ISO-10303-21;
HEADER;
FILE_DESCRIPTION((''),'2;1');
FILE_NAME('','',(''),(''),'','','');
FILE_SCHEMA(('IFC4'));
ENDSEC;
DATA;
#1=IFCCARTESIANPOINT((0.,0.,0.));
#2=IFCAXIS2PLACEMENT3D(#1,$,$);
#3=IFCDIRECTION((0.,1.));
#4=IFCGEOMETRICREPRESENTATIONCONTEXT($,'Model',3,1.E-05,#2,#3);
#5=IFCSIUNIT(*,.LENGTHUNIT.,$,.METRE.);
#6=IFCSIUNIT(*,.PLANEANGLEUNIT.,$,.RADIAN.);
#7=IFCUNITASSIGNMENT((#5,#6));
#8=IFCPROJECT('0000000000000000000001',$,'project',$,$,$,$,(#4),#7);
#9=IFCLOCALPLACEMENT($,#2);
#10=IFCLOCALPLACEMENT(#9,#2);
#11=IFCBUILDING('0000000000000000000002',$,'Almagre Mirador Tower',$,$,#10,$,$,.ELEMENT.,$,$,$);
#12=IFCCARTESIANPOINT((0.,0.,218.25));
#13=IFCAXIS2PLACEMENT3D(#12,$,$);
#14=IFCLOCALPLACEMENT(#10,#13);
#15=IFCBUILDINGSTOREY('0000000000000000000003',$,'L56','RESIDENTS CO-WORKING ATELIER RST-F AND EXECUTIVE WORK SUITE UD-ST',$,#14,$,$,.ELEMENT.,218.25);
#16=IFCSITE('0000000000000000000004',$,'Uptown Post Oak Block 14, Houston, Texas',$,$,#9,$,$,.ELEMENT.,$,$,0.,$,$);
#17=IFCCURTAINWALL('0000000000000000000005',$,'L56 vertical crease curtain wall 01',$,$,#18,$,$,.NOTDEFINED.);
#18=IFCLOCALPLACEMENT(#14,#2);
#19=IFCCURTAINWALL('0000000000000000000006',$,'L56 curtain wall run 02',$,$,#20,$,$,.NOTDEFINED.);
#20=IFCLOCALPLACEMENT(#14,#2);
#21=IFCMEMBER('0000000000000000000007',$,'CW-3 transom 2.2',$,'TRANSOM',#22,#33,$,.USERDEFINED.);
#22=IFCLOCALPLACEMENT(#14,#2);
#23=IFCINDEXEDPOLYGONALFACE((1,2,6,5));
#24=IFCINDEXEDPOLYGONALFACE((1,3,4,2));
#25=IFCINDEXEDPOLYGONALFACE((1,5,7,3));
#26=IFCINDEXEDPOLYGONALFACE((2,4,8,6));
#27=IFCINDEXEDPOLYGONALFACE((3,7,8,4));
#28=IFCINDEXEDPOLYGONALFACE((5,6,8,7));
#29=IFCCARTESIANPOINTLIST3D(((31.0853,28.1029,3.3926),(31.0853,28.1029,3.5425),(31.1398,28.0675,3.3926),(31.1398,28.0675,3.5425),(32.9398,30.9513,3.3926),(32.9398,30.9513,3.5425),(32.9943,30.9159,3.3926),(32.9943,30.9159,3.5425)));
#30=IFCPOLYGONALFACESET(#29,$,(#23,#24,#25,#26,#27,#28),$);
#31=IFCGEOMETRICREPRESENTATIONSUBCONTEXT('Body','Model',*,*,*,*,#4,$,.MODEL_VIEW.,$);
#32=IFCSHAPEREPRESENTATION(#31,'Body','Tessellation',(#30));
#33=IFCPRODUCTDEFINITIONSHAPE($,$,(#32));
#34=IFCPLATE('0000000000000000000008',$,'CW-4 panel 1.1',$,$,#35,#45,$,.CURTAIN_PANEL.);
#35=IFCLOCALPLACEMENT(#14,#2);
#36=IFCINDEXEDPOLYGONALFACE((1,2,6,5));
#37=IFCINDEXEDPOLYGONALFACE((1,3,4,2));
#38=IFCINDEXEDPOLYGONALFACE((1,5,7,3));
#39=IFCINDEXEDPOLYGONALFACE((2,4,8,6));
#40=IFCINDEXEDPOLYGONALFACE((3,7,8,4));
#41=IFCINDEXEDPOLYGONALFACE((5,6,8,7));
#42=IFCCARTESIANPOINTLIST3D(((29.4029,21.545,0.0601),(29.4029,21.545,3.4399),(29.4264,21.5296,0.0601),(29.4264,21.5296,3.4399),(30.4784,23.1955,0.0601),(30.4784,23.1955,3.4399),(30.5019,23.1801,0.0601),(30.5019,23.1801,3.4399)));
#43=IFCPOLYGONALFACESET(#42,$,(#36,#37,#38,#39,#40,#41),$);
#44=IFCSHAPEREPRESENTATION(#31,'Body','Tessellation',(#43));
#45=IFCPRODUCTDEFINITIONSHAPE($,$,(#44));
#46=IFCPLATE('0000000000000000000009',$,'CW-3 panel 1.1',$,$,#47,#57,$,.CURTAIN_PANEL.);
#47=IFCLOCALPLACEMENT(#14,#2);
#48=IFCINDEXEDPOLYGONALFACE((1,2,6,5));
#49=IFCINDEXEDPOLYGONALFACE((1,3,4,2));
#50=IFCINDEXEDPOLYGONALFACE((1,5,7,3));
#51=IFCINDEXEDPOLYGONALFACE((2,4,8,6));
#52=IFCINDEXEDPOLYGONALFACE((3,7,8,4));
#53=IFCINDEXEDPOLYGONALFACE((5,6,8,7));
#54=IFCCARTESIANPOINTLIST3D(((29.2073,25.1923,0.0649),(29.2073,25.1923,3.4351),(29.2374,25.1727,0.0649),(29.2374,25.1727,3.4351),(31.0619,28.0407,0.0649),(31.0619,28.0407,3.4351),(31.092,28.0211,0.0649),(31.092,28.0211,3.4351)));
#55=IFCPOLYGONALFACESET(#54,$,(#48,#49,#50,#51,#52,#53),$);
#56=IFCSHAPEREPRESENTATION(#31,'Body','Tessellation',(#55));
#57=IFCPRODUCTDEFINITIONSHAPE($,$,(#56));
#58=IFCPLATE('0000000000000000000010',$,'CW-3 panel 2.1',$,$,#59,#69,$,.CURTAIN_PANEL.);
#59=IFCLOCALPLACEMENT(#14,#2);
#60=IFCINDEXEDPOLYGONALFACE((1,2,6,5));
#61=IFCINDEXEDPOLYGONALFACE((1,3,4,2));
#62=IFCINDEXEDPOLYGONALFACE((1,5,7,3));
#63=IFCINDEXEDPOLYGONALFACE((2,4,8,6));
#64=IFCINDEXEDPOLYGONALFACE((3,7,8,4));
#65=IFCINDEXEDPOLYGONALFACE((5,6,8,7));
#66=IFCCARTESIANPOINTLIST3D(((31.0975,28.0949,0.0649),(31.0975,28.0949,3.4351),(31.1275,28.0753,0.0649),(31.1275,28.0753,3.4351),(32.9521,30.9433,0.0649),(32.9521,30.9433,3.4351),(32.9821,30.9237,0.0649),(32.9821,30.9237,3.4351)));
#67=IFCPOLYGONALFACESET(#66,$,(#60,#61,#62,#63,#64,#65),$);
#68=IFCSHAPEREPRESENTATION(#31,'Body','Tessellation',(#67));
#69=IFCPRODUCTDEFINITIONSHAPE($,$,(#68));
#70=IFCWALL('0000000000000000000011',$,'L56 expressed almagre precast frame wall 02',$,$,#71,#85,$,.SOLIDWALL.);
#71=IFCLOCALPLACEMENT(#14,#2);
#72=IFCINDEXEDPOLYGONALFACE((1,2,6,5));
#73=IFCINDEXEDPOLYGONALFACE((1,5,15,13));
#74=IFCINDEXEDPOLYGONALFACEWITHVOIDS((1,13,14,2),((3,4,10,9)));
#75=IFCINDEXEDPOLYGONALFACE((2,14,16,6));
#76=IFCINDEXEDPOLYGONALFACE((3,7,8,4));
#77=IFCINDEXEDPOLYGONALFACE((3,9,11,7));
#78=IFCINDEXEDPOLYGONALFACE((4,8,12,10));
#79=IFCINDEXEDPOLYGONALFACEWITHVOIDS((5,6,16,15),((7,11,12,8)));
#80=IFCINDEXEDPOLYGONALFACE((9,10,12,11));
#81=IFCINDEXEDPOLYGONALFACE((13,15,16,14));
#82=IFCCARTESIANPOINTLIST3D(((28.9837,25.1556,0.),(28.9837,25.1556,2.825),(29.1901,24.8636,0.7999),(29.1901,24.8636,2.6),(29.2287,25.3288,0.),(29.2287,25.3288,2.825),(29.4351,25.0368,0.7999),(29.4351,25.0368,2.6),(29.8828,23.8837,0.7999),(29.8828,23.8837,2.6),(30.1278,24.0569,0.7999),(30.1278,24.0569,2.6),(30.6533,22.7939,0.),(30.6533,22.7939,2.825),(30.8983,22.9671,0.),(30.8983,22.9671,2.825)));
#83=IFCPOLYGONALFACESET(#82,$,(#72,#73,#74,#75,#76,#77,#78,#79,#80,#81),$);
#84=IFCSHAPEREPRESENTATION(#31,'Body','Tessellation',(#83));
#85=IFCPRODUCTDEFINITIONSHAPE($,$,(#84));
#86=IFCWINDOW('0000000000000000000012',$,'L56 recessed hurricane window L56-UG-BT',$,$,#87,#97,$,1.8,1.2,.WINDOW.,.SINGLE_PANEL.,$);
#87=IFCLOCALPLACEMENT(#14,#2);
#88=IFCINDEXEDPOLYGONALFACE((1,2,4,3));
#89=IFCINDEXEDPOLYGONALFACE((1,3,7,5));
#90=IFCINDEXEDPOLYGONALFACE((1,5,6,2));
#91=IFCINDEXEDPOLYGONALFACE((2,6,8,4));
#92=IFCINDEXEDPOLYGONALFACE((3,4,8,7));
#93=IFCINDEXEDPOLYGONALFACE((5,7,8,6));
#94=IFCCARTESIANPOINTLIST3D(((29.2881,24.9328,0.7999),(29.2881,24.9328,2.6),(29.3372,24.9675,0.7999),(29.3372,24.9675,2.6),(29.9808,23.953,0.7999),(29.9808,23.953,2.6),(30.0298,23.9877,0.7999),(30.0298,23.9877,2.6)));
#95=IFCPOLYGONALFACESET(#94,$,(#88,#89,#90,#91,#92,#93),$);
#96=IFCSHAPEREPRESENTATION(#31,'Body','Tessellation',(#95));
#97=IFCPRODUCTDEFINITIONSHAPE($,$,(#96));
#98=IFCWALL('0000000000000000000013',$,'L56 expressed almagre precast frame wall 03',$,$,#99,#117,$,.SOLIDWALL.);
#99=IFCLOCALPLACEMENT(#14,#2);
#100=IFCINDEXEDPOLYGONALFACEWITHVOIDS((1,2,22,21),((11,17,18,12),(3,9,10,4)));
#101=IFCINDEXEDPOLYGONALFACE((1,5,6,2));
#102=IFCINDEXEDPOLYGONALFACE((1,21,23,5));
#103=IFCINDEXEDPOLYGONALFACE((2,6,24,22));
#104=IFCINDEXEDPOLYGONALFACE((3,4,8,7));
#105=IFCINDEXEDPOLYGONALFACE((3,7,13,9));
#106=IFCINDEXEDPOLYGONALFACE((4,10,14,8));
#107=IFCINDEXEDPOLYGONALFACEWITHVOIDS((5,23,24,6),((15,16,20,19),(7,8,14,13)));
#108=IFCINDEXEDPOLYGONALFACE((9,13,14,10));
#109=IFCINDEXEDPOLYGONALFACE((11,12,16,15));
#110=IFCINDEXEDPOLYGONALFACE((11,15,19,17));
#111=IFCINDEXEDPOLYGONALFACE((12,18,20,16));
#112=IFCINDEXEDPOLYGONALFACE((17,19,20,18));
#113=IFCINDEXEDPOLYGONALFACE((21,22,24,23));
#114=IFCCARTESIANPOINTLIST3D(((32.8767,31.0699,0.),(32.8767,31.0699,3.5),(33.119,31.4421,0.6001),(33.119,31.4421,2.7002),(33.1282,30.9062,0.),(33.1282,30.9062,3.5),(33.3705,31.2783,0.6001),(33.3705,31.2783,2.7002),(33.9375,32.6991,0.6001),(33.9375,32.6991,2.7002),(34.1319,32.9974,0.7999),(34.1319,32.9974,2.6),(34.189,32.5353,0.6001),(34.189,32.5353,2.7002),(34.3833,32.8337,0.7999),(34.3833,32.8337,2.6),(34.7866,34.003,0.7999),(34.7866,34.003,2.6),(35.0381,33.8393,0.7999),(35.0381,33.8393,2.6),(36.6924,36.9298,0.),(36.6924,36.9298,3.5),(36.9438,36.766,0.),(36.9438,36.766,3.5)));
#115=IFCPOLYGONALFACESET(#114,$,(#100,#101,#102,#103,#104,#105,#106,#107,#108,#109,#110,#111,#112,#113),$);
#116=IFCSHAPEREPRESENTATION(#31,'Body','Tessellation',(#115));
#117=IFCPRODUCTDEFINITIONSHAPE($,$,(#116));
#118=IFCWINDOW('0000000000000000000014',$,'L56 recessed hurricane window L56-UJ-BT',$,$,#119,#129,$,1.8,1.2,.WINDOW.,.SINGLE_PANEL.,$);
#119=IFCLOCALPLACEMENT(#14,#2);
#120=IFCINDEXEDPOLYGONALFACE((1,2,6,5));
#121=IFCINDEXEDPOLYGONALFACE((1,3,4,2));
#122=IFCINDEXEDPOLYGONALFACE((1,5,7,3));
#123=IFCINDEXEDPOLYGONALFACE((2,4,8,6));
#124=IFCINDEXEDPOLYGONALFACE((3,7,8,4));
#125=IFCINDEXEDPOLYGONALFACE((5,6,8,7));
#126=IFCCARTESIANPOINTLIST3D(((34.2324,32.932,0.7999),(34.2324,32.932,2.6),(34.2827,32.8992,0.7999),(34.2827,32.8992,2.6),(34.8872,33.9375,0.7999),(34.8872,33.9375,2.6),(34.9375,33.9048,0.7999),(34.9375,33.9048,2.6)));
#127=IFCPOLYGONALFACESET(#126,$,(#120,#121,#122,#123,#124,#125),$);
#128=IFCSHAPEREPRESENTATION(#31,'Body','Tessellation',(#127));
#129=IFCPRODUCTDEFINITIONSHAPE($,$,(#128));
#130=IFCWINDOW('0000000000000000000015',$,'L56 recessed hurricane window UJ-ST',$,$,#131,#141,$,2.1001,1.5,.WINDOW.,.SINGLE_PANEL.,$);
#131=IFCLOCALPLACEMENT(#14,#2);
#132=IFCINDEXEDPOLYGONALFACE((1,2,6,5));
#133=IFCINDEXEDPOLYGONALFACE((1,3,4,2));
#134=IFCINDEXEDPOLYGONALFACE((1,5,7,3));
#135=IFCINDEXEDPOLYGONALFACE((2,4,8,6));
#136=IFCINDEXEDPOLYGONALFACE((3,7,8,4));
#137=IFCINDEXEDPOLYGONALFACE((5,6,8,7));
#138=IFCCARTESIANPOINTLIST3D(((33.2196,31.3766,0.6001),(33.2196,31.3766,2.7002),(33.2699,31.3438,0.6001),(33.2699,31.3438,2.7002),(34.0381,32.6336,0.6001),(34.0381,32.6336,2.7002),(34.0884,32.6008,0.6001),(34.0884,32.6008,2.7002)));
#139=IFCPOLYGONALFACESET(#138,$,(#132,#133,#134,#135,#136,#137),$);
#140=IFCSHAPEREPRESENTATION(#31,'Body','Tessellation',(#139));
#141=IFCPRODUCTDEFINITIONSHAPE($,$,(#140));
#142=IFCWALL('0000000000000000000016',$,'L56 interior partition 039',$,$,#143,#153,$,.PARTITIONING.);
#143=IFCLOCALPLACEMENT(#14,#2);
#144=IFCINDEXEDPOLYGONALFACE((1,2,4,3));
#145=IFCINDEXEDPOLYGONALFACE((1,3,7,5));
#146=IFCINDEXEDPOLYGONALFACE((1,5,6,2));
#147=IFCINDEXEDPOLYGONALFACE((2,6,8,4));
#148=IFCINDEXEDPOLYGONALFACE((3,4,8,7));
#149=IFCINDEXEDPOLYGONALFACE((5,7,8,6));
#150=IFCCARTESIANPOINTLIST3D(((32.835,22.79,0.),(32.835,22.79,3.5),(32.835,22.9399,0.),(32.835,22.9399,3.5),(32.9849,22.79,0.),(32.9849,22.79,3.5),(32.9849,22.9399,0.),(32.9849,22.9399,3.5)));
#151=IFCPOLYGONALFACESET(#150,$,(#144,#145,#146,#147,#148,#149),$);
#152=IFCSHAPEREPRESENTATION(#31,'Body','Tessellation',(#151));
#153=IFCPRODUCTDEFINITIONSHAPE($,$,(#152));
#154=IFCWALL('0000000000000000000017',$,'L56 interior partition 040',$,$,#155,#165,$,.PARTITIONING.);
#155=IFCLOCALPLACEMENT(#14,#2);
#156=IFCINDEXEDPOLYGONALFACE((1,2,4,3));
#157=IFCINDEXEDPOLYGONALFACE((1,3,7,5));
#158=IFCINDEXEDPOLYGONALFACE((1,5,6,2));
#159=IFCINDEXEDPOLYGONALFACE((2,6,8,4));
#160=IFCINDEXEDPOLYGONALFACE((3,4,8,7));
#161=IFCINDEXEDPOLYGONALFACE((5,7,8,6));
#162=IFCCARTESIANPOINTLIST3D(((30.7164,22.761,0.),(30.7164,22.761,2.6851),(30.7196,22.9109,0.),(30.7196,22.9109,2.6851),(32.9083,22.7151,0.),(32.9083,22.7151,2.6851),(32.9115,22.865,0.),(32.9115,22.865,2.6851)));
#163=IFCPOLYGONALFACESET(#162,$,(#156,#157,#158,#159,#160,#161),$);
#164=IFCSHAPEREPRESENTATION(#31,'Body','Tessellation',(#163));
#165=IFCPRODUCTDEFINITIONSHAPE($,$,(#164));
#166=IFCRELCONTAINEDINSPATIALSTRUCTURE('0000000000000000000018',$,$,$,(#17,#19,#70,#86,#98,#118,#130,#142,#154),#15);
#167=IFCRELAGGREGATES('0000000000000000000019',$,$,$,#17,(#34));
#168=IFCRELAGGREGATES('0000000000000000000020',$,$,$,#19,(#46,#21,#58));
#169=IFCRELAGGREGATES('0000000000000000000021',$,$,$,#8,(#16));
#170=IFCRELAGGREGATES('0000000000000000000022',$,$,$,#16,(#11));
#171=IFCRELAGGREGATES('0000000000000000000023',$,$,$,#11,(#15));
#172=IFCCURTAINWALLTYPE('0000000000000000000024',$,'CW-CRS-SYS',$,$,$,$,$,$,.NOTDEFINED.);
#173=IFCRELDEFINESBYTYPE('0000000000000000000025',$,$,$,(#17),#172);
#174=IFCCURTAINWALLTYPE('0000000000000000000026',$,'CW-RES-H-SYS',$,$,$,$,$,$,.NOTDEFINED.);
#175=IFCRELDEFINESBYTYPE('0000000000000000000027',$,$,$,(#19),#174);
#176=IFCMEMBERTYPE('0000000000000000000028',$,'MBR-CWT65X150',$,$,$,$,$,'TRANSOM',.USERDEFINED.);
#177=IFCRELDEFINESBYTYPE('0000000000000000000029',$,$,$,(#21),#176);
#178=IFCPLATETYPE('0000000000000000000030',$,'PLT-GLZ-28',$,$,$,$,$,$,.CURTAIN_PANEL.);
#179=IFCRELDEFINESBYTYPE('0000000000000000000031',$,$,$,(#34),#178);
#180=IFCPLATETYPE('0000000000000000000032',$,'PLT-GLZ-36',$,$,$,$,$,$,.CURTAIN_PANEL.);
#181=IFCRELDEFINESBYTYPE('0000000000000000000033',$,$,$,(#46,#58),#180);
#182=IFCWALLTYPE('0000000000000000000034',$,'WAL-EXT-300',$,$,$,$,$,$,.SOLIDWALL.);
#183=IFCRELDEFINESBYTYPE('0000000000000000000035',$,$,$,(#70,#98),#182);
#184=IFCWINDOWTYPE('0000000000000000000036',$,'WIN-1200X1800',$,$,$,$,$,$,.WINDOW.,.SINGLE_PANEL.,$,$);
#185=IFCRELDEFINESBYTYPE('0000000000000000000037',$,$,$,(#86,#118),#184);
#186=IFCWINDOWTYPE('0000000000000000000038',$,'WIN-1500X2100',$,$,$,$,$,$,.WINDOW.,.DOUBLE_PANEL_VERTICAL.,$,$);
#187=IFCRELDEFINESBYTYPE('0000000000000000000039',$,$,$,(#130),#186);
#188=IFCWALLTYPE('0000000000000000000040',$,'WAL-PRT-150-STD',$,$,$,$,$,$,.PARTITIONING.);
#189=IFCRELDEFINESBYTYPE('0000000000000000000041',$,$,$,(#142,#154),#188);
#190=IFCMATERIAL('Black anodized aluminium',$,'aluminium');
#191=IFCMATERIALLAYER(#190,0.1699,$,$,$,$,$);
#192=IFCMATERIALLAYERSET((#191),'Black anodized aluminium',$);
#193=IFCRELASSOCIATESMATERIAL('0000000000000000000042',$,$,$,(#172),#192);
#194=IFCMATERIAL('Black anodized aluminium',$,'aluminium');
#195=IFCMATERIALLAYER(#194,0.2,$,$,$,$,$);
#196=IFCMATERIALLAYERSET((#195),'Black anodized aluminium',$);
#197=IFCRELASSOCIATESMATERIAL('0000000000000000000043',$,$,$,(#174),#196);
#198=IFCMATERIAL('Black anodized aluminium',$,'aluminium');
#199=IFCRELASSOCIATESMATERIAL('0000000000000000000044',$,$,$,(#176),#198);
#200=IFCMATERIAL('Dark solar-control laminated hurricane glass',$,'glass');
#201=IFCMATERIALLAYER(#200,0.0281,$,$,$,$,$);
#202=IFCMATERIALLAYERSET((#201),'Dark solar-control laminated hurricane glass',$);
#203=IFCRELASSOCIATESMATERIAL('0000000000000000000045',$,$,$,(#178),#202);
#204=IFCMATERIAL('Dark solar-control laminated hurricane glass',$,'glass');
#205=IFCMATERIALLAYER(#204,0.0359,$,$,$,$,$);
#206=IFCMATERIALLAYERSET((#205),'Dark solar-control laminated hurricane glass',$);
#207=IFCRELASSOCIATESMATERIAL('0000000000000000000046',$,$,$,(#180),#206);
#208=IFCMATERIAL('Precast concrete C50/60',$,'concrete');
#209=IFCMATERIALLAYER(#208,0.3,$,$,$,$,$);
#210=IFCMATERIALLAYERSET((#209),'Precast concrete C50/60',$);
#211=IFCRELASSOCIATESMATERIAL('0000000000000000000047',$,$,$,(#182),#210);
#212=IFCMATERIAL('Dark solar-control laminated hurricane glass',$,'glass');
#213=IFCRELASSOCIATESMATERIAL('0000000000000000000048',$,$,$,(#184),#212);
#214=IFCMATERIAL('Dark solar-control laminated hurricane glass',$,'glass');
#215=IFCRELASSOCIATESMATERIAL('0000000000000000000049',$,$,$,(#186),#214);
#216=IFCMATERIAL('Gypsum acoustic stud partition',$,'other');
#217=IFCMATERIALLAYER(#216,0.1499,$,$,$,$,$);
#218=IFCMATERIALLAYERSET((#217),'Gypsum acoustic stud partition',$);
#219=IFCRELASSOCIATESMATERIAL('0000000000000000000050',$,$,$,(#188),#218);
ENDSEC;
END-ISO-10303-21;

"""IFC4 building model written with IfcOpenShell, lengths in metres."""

from ifc_helpers import new_model, si_unit, direction, frame, frame_2d, origin, origin_2d, place, context, subcontext, project, spatial, rectangle, extrude, material, layer, layer_set, material_profile, profile_set, type_object, element, fill, aggregate, save


model = new_model("IFC4")

# Units and contexts
model_context = context("Model", 3, precision=1e-05, world=origin(), true_north=direction((0.0, 1.0)))
body_context = subcontext(model_context, "Body", "Model", "MODEL_VIEW")
ifc_project = project(units=[si_unit("LENGTHUNIT", "METRE"), si_unit("PLANEANGLEUNIT", "RADIAN")], contexts=[model_context])

# Site, building, storey
site_placement = place(None, origin())
site = spatial("IfcSite", under=ifc_project, at=site_placement, Name="Uptown Post Oak Block 14, Houston, Texas", CompositionType="ELEMENT", RefElevation=0.0)
building_placement = place(site_placement, origin())
building = spatial("IfcBuilding", under=site, at=building_placement, Name="Almagre Mirador Tower", CompositionType="ELEMENT")
storey_placement = place(building_placement, frame((0.0, 0.0, 218.25)))
storey = spatial("IfcBuildingStorey", under=building, at=storey_placement, Name="L56", Description="RESIDENTS CO-WORKING ATELIER RST-F AND EXECUTIVE WORK SUITE UD-ST", CompositionType="ELEMENT", Elevation=218.25)

# Curtain wall
ifc_material_1 = material(Name="Black anodized aluminium", Category="aluminium")
ifc_layer_1 = layer(ifc_material_1, 0.1699)
ifc_layer_set_1 = layer_set([ifc_layer_1], Name="Black anodized aluminium")
curtain_wall_type_1 = type_object("IfcCurtainWallType", Name="CW-CRS-SYS", PredefinedType="NOTDEFINED", material=ifc_layer_set_1)
curtain_wall_1_placement = place(storey_placement, origin())
curtain_wall_1 = element("IfcCurtainWall", 1, at=curtain_wall_1_placement, inside=storey, type_object=curtain_wall_type_1, Name="L56 vertical crease curtain wall 01", PredefinedType="NOTDEFINED")

# Curtain wall
ifc_material_2 = material(Name="Black anodized aluminium", Category="aluminium")
ifc_layer_2 = layer(ifc_material_2, 0.2)
ifc_layer_set_2 = layer_set([ifc_layer_2], Name="Black anodized aluminium")
curtain_wall_type_2 = type_object("IfcCurtainWallType", Name="CW-RES-H-SYS", PredefinedType="NOTDEFINED", material=ifc_layer_set_2)
curtain_wall_2_placement = place(storey_placement, origin())
curtain_wall_2 = element("IfcCurtainWall", 2, at=curtain_wall_2_placement, inside=storey, type_object=curtain_wall_type_2, Name="L56 curtain wall run 02", PredefinedType="NOTDEFINED")

# Member
ifc_material_3 = material(Name="Black anodized aluminium", Category="aluminium")
ifc_material_profile_1 = material_profile(ifc_material_3, rectangle(XDim=0.0649, YDim=0.1499, at=origin_2d()), Name="CWT65X150")
ifc_profile_set_1 = profile_set([ifc_material_profile_1], Name="Black anodized aluminium")
member_type_1 = type_object("IfcMemberType", Name="MBR-CWT65X150", ElementType="TRANSOM", PredefinedType="USERDEFINED", material=ifc_profile_set_1)
member_1_placement = place(storey_placement, frame((31.1125, 28.0852, 3.4675), z_axis=(0.545617, 0.838035, 0.0), x_axis=(-0.838035, 0.545617, 0.0)))
member_1 = element("IfcMember", 3, at=member_1_placement, type_object=member_type_1, Name="CW-3 transom 2.2", ObjectType="TRANSOM", PredefinedType="USERDEFINED", context=body_context, shape_type="SweptSolid", body=[
    extrude(rectangle(XDim=0.0649, YDim=0.1499, at=origin_2d()), origin(), (0.0, 0.0, 1.0), 3.3989),
])

# Plates
ifc_material_4 = material(Name="Dark solar-control laminated hurricane glass", Category="glass")
ifc_layer_3 = layer(ifc_material_4, 0.0281)
ifc_layer_set_3 = layer_set([ifc_layer_3], Name="Dark solar-control laminated hurricane glass")
plate_type_1 = type_object("IfcPlateType", Name="PLT-GLZ-28", PredefinedType="CURTAIN_PANEL", material=ifc_layer_set_3)
plate_1_placement = place(storey_placement, frame((29.9524, 22.3625, 0.0601), z_axis=(0.0, 0.0, 1.0), x_axis=(0.545947, 0.83782, 0.0)))
plate_1 = element("IfcPlate", 4, at=plate_1_placement, type_object=plate_type_1, Name="CW-4 panel 1.1", PredefinedType="CURTAIN_PANEL", context=body_context, shape_type="SweptSolid", body=[
    extrude(rectangle(XDim=1.97, YDim=0.0281, at=origin_2d()), origin(), (0.0, 0.0, 1.0), 3.3799),
])
aggregate(curtain_wall_1, [plate_1])
ifc_material_5 = material(Name="Dark solar-control laminated hurricane glass", Category="glass")
ifc_layer_4 = layer(ifc_material_5, 0.0359)
ifc_layer_set_4 = layer_set([ifc_layer_4], Name="Dark solar-control laminated hurricane glass")
plate_type_2 = type_object("IfcPlateType", Name="PLT-GLZ-36", PredefinedType="CURTAIN_PANEL", material=ifc_layer_set_4)
plate_2_placement = place(storey_placement, frame((30.1497, 26.6067, 0.0649), z_axis=(0.0, 0.0, 1.0), x_axis=(0.545642, 0.838019, 0.0)))
plate_2 = element("IfcPlate", 5, at=plate_2_placement, type_object=plate_type_2, Name="CW-3 panel 1.1", PredefinedType="CURTAIN_PANEL", context=body_context, shape_type="SweptSolid", body=[
    extrude(rectangle(XDim=3.3989, YDim=0.0359, at=origin_2d()), origin(), (0.0, 0.0, 1.0), 3.3701),
])
plate_3_placement = place(storey_placement, frame((32.0398, 29.5093, 0.0649), z_axis=(0.0, 0.0, 1.0), x_axis=(0.545642, 0.838019, 0.0)))
plate_3 = element("IfcPlate", 6, at=plate_3_placement, type_object=plate_type_2, Name="CW-3 panel 2.1", PredefinedType="CURTAIN_PANEL", context=body_context, shape_type="SweptSolid", body=[
    extrude(rectangle(XDim=3.3989, YDim=0.0359, at=origin_2d()), origin(), (0.0, 0.0, 1.0), 3.3701),
])
aggregate(curtain_wall_2, [plate_2, member_1, plate_3])

# Wall, opening, window
ifc_material_6 = material(Name="Precast concrete C50/60", Category="concrete")
ifc_layer_5 = layer(ifc_material_6, 0.3)
ifc_layer_set_5 = layer_set([ifc_layer_5], Name="Precast concrete C50/60")
wall_type_1 = type_object("IfcWallType", Name="WAL-EXT-300", PredefinedType="SOLIDWALL", material=ifc_layer_set_5)
wall_1_placement = place(storey_placement, frame((30.7759, 22.8804, 0.0), z_axis=(0.0, 0.0, 1.0), x_axis=(-0.577263, 0.816558, 0.0)))
wall_1 = element("IfcWall", 7, at=wall_1_placement, inside=storey, type_object=wall_type_1, Name="L56 expressed almagre precast frame wall 02", PredefinedType="SOLIDWALL", context=body_context, shape_type="SweptSolid", body=[
    extrude(rectangle(XDim=2.8923, YDim=0.3, at=frame_2d((1.4463, 0.0))), origin(), (0.0, 0.0, 1.0), 2.825),
])
opening_1_placement = place(wall_1_placement, frame((1.3347, 0.0, 0.8)))
opening_1 = element("IfcOpeningElement", 8, at=opening_1_placement, cuts=wall_1, PredefinedType="OPENING", context=body_context, shape_type="SweptSolid", body=[
    extrude(rectangle(XDim=1.2, YDim=1.8, at=frame_2d((0.6001, 0.8999))), frame((0.0, 0.1599, 0.0), z_axis=(0.0, -1.0, 0.0), x_axis=(1.0, 0.0, 0.0)), (0.0, 0.0, 1.0), 0.32),
])
ifc_material_7 = material(Name="Dark solar-control laminated hurricane glass", Category="glass")
window_type_1 = type_object("IfcWindowType", Name="WIN-1200X1800", PartitioningType="SINGLE_PANEL", PredefinedType="WINDOW", material=ifc_material_7)
window_1_placement = place(opening_1_placement, origin())
window_1 = element("IfcWindow", 9, at=window_1_placement, inside=storey, type_object=window_type_1, Name="L56 recessed hurricane window L56-UG-BT", OverallHeight=1.8, OverallWidth=1.2, PartitioningType="SINGLE_PANEL", PredefinedType="WINDOW", context=body_context, shape_type="SweptSolid", body=[
    extrude(rectangle(XDim=1.2, YDim=1.8, at=frame_2d((0.6001, 0.8999))), frame((0.0, 0.03, 0.0), z_axis=(0.0, -1.0, 0.0), x_axis=(1.0, 0.0, 0.0)), (0.0, 0.0, 1.0), 0.0601),
])
fill(opening_1, window_1)

# Wall, openings, windows
wall_2_placement = place(storey_placement, frame((33.0024, 30.988, 0.0), z_axis=(0.0, 0.0, 1.0), x_axis=(0.545668, 0.838001, 0.0)))
wall_2 = element("IfcWall", 10, at=wall_2_placement, inside=storey, type_object=wall_type_1, Name="L56 expressed almagre precast frame wall 03", PredefinedType="SOLIDWALL", context=body_context, shape_type="SweptSolid", body=[
    extrude(rectangle(XDim=6.9927, YDim=0.3, at=frame_2d((3.4963, 0.0))), origin(), (0.0, 0.0, 1.0), 3.5),
])
opening_2_placement = place(wall_2_placement, frame((2.3, 0.0, 0.8)))
opening_2 = element("IfcOpeningElement", 11, at=opening_2_placement, cuts=wall_2, PredefinedType="OPENING", context=body_context, shape_type="SweptSolid", body=[
    extrude(rectangle(XDim=1.2, YDim=1.8, at=frame_2d((0.6001, 0.8999))), frame((0.0, 0.1599, 0.0), z_axis=(0.0, -1.0, 0.0), x_axis=(1.0, 0.0, 0.0)), (0.0, 0.0, 1.0), 0.32),
])
opening_3_placement = place(wall_2_placement, frame((0.4441, 0.0, 0.6001)))
opening_3 = element("IfcOpeningElement", 12, at=opening_3_placement, cuts=wall_2, PredefinedType="OPENING", context=body_context, shape_type="SweptSolid", body=[
    extrude(rectangle(XDim=1.5, YDim=2.1001, at=frame_2d((0.75, 1.05))), frame((0.0, 0.1599, 0.0), z_axis=(0.0, -1.0, 0.0), x_axis=(1.0, 0.0, 0.0)), (0.0, 0.0, 1.0), 0.32),
])
window_2_placement = place(opening_2_placement, origin())
window_2 = element("IfcWindow", 13, at=window_2_placement, inside=storey, type_object=window_type_1, Name="L56 recessed hurricane window L56-UJ-BT", OverallHeight=1.8, OverallWidth=1.2, PartitioningType="SINGLE_PANEL", PredefinedType="WINDOW", context=body_context, shape_type="SweptSolid", body=[
    extrude(rectangle(XDim=1.2, YDim=1.8, at=frame_2d((0.6001, 0.8999))), frame((0.0, 0.03, 0.0), z_axis=(0.0, -1.0, 0.0), x_axis=(1.0, 0.0, 0.0)), (0.0, 0.0, 1.0), 0.0601),
])
fill(opening_2, window_2)
ifc_material_8 = material(Name="Dark solar-control laminated hurricane glass", Category="glass")
window_type_2 = type_object("IfcWindowType", Name="WIN-1500X2100", PartitioningType="DOUBLE_PANEL_VERTICAL", PredefinedType="WINDOW", material=ifc_material_8)
window_3_placement = place(opening_3_placement, origin())
window_3 = element("IfcWindow", 14, at=window_3_placement, inside=storey, type_object=window_type_2, Name="L56 recessed hurricane window UJ-ST", OverallHeight=2.1001, OverallWidth=1.5, PartitioningType="SINGLE_PANEL", PredefinedType="WINDOW", context=body_context, shape_type="SweptSolid", body=[
    extrude(rectangle(XDim=1.5, YDim=2.1001, at=frame_2d((0.75, 1.05))), frame((0.0, 0.03, 0.0), z_axis=(0.0, -1.0, 0.0), x_axis=(1.0, 0.0, 0.0)), (0.0, 0.0, 1.0), 0.0601),
])
fill(opening_3, window_3)

# Walls
ifc_material_9 = material(Name="Gypsum acoustic stud partition", Category="other")
ifc_layer_6 = layer(ifc_material_9, 0.1499)
ifc_layer_set_6 = layer_set([ifc_layer_6], Name="Gypsum acoustic stud partition")
wall_type_2 = type_object("IfcWallType", Name="WAL-PRT-150-STD", PredefinedType="PARTITIONING", material=ifc_layer_set_6)
wall_3_placement = place(storey_placement, frame((32.9099, 22.9399, 0.0), z_axis=(0.0, 0.0, 1.0), x_axis=(0.0, -1.0, 0.0)))
element("IfcWall", 15, at=wall_3_placement, inside=storey, type_object=wall_type_2, Name="L56 interior partition 039", PredefinedType="PARTITIONING", context=body_context, shape_type="SweptSolid", body=[
    extrude(rectangle(XDim=0.1499, YDim=0.1499, at=frame_2d((0.075, 0.0))), origin(), (0.0, 0.0, 1.0), 3.5),
])
wall_4_placement = place(storey_placement, frame((32.9099, 22.79, 0.0), z_axis=(0.0, 0.0, 1.0), x_axis=(-0.999781, 0.020935, 0.0)))
element("IfcWall", 16, at=wall_4_placement, inside=storey, type_object=wall_type_2, Name="L56 interior partition 040", PredefinedType="PARTITIONING", context=body_context, shape_type="SweptSolid", body=[
    extrude(rectangle(XDim=2.1924, YDim=0.1499, at=frame_2d((1.0962, 0.0))), origin(), (0.0, 0.0, 1.0), 2.6851),
])

save(model, "model.ifc")
